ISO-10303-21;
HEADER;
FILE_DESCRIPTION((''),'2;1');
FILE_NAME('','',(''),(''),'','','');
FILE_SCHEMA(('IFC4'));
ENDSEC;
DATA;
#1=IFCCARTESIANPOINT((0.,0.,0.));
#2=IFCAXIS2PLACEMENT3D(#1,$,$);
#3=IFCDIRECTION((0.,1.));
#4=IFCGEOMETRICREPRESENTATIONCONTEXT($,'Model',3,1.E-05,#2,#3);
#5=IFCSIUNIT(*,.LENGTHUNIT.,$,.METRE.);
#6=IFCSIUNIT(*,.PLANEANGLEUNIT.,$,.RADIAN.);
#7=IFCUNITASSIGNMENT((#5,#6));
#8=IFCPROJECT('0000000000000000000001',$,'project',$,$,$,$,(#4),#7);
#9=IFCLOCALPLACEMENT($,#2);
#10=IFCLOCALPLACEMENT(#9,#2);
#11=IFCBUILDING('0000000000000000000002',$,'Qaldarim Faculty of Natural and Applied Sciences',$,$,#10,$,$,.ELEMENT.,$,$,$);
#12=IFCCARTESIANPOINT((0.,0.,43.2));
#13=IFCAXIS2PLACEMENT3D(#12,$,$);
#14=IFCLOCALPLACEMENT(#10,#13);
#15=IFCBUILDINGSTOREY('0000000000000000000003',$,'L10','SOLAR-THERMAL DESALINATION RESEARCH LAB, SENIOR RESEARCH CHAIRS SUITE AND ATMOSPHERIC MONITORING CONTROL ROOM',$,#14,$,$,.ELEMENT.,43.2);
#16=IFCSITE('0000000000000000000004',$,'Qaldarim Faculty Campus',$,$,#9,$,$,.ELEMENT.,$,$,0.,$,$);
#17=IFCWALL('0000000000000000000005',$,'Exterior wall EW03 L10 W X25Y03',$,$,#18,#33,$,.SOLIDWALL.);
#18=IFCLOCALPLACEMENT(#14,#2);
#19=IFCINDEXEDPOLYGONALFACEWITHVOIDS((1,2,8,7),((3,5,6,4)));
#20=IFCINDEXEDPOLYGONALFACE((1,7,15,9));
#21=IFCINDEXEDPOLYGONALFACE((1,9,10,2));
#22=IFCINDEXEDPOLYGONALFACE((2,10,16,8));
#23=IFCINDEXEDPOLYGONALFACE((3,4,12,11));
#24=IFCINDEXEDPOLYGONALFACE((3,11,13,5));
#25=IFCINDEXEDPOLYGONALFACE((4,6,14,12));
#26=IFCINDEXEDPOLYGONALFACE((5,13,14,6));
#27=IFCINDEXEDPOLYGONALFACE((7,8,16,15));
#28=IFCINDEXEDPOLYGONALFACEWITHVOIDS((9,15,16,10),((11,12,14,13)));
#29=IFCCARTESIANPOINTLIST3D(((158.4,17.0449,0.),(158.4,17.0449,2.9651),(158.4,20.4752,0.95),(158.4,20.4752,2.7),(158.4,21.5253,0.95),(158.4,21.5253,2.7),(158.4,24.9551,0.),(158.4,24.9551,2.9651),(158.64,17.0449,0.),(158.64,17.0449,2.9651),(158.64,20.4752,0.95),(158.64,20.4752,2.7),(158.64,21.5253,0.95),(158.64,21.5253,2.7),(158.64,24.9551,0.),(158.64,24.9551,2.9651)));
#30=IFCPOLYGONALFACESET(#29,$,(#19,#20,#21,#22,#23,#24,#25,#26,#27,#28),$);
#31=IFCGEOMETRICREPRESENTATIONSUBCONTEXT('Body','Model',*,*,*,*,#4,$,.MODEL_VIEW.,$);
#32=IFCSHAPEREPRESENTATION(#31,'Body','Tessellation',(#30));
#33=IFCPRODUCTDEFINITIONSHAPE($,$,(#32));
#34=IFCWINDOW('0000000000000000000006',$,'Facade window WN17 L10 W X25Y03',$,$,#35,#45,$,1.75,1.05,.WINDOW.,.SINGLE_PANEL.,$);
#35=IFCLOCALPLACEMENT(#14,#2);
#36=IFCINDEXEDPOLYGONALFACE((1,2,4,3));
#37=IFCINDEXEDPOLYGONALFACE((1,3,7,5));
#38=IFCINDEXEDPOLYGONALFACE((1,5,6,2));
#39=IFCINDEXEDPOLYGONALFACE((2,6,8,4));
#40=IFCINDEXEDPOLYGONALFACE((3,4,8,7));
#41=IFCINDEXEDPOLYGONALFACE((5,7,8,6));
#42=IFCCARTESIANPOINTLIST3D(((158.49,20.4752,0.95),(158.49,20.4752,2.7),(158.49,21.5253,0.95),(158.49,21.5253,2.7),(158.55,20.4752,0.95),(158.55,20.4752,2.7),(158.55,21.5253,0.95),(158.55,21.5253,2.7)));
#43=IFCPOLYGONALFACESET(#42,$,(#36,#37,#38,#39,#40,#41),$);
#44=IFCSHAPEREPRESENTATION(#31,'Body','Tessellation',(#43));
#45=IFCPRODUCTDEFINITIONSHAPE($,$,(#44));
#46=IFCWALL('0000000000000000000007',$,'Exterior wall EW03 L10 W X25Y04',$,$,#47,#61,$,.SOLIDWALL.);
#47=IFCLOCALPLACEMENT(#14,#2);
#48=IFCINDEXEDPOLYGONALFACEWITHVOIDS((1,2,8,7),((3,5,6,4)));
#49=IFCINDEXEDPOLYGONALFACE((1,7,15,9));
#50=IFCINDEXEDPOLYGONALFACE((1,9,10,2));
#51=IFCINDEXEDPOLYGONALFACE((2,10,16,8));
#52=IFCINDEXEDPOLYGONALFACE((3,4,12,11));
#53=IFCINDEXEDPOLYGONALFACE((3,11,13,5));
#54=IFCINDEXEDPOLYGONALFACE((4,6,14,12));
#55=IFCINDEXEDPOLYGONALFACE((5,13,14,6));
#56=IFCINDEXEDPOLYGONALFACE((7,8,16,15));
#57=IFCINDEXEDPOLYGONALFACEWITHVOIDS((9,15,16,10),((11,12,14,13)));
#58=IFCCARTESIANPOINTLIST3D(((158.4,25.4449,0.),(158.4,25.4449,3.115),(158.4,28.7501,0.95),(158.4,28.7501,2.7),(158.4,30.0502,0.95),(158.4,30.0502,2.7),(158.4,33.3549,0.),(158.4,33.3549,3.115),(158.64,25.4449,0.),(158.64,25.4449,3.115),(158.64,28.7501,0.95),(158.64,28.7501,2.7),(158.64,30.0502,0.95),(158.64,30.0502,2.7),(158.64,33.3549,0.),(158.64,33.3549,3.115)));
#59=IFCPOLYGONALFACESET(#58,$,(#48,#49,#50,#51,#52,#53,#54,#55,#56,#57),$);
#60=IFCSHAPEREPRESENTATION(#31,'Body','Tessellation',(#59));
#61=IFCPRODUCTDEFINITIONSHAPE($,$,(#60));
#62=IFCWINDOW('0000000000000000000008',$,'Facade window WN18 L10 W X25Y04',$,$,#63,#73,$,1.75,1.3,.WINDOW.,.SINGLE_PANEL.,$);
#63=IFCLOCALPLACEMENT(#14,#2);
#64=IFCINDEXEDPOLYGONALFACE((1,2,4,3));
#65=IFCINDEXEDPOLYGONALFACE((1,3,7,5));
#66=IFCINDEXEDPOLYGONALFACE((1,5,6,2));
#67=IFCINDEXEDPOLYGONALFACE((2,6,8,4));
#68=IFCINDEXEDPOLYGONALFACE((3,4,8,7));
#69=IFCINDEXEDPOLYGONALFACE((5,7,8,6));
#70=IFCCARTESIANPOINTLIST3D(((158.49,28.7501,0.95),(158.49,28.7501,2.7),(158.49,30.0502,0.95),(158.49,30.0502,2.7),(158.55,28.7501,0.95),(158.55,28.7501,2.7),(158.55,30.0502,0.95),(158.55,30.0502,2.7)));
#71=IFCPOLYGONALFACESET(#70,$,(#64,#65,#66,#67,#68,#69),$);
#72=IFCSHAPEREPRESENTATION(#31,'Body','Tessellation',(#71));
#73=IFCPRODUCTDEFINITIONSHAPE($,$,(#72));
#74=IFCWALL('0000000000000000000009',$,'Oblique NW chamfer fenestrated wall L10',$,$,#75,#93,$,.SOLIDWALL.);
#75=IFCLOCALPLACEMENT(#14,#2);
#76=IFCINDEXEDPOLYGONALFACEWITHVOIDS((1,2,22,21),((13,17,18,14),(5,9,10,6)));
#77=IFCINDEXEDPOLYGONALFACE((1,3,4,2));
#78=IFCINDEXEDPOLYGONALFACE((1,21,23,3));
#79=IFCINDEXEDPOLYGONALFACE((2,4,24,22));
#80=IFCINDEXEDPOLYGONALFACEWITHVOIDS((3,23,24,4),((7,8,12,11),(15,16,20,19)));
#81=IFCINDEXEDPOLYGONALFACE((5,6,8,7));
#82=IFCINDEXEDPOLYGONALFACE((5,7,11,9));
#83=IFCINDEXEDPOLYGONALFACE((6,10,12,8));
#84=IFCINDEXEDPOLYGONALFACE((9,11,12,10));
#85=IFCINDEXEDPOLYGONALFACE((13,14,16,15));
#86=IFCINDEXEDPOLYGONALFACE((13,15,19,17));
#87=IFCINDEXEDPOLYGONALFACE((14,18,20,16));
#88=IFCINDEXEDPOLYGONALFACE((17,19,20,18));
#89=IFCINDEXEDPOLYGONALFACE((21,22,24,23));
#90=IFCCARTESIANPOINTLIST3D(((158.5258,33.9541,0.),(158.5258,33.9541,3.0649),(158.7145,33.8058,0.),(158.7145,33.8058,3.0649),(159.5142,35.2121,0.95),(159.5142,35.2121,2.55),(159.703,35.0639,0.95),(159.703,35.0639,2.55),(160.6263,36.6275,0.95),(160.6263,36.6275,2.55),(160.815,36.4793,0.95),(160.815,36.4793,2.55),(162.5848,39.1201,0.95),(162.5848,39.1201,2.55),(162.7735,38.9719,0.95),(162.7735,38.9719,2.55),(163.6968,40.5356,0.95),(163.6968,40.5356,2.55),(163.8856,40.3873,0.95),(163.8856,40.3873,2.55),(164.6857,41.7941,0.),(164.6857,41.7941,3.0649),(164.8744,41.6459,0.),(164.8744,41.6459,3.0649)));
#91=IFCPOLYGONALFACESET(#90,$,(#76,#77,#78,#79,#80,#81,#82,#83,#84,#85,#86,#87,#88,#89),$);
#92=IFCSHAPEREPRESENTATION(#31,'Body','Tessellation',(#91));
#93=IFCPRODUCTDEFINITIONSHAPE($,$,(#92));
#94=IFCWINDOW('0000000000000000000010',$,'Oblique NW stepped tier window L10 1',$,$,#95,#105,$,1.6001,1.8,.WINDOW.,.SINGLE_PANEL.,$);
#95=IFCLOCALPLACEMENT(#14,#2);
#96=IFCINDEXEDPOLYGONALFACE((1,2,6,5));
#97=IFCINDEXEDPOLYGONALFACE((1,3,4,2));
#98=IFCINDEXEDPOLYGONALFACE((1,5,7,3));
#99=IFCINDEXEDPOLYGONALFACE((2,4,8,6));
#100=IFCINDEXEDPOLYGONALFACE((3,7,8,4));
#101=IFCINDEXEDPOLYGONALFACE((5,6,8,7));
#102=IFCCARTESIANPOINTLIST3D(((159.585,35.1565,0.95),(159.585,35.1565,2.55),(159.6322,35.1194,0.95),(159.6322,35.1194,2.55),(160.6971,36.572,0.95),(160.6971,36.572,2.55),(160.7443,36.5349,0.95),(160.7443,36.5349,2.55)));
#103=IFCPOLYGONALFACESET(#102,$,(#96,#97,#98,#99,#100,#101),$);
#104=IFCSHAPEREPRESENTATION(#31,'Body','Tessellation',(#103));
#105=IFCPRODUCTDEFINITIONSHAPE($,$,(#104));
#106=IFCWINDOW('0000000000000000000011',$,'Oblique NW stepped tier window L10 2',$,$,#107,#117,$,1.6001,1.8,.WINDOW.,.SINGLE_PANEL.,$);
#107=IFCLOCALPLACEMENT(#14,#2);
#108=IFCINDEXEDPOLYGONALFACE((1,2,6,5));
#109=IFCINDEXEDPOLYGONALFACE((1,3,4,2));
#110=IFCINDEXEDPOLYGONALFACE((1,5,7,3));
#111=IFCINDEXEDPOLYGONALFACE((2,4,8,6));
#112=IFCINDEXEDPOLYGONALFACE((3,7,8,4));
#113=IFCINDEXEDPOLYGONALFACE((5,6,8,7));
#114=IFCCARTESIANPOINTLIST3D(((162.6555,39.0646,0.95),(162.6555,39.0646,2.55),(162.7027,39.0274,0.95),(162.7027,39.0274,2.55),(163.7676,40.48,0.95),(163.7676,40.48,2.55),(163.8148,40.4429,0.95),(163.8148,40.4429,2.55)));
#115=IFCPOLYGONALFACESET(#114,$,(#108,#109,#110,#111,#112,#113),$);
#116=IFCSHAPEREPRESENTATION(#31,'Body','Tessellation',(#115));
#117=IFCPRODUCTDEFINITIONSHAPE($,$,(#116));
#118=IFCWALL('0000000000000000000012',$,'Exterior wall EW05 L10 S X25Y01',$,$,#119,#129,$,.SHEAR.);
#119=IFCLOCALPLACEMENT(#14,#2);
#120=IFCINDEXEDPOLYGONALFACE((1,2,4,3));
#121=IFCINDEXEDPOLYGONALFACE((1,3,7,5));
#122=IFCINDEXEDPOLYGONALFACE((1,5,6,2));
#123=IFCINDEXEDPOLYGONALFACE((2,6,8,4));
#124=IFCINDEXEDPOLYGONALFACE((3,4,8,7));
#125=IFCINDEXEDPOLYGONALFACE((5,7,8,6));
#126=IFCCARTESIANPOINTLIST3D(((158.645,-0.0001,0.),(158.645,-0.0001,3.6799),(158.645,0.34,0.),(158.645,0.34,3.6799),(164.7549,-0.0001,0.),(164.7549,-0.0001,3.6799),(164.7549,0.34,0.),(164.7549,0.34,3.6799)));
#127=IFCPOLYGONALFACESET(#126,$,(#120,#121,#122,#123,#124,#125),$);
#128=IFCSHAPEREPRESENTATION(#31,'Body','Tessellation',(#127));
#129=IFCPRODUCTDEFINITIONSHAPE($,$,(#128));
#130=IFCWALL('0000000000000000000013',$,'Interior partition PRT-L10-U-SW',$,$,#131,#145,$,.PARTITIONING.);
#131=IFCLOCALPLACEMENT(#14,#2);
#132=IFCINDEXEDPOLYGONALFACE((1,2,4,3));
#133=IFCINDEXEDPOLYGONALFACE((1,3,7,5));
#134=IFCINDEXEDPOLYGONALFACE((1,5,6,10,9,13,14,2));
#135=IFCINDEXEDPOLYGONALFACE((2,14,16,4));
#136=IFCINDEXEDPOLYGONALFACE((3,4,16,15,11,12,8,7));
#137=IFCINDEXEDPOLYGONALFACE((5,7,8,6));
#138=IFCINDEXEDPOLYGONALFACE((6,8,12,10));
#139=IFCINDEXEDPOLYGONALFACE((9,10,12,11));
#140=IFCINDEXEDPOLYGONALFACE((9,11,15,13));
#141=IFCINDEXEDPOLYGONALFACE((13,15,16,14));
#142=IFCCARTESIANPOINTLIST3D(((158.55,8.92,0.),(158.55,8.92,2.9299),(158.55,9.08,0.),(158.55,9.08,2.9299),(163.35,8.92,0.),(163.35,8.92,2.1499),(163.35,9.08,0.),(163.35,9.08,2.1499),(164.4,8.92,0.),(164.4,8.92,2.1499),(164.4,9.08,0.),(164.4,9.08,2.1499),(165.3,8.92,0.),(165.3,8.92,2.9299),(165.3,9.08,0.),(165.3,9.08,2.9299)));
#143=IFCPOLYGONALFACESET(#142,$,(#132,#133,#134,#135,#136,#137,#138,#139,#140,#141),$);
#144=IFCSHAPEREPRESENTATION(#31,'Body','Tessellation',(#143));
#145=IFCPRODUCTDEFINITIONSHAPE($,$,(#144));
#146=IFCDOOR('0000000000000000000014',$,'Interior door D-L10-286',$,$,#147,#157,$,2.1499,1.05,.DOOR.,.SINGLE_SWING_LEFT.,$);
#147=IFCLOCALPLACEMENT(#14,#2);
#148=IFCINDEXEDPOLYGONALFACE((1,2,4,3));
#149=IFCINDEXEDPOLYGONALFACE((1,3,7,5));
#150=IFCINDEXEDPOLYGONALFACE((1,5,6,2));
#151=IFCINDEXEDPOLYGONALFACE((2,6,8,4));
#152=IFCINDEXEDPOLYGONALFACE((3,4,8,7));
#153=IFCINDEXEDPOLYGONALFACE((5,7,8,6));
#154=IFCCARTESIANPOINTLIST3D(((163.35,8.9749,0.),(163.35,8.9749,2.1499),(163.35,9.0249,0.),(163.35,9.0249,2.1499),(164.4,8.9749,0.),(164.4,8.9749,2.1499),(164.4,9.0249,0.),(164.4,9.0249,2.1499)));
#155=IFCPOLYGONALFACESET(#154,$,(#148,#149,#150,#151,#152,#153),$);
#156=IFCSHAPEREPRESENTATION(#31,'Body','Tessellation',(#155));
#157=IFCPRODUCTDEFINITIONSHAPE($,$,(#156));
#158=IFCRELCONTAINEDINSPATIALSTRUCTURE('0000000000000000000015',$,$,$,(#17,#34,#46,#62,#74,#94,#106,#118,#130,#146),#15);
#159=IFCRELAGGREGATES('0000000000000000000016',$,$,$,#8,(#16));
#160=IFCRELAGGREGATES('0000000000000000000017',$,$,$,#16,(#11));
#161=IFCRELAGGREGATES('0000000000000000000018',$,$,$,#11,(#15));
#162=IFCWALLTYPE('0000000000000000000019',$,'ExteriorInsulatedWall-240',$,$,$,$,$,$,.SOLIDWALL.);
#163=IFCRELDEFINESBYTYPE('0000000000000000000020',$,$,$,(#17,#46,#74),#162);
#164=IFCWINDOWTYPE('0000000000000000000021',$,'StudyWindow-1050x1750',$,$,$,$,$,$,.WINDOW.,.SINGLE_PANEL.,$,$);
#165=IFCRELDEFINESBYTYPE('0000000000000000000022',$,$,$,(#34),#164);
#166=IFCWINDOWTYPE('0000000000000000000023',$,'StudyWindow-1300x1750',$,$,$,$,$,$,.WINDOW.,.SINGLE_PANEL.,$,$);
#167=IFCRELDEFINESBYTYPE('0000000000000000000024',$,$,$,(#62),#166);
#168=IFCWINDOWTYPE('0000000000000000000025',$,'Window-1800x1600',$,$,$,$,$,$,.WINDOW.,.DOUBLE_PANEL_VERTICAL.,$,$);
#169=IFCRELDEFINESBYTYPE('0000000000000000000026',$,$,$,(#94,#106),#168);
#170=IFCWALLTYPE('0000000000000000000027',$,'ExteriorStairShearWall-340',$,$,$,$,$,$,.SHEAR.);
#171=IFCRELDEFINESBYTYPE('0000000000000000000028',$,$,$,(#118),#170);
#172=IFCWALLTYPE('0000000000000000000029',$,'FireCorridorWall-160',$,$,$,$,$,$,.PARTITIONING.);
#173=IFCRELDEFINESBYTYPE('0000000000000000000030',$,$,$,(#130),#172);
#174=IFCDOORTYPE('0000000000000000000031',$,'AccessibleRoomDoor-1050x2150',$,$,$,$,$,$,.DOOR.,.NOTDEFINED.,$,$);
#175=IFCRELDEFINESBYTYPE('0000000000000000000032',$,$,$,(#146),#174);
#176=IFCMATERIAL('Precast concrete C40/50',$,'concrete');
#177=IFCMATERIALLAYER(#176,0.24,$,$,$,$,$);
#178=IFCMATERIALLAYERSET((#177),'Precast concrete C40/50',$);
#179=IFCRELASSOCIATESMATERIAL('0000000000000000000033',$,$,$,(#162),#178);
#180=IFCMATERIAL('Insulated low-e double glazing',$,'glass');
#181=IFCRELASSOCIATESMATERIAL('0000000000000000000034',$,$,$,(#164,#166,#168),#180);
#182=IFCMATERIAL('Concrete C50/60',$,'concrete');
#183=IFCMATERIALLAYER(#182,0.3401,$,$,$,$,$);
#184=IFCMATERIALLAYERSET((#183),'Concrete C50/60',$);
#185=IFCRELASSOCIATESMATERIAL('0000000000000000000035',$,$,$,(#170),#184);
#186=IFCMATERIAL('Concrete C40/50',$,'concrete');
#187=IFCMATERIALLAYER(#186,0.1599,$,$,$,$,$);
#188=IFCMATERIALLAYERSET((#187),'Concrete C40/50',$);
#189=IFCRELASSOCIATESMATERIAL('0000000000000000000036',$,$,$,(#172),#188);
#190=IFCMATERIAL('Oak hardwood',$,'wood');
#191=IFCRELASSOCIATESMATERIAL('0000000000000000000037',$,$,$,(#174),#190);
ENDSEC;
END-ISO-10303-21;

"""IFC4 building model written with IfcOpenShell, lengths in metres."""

from ifc_helpers import new_model, si_unit, direction, frame, frame_2d, origin, place, context, subcontext, project, spatial, rectangle, extrude, material, layer, layer_set, type_object, element, fill, save


model = new_model("IFC4")

# Units and contexts
model_context = context("Model", 3, precision=1e-05, world=origin(), true_north=direction((0.0, 1.0)))
body_context = subcontext(model_context, "Body", "Model", "MODEL_VIEW")
ifc_project = project(units=[si_unit("LENGTHUNIT", "METRE"), si_unit("PLANEANGLEUNIT", "RADIAN")], contexts=[model_context])

# Site, building, storey
site_placement = place(None, origin())
site = spatial("IfcSite", under=ifc_project, at=site_placement, Name="Qaldarim Faculty Campus", CompositionType="ELEMENT", RefElevation=0.0)
building_placement = place(site_placement, origin())
building = spatial("IfcBuilding", under=site, at=building_placement, Name="Qaldarim Faculty of Natural and Applied Sciences", CompositionType="ELEMENT")
storey_placement = place(building_placement, frame((0.0, 0.0, 43.2)))
storey = spatial("IfcBuildingStorey", under=building, at=storey_placement, Name="L10", Description="SOLAR-THERMAL DESALINATION RESEARCH LAB, SENIOR RESEARCH CHAIRS SUITE AND ATMOSPHERIC MONITORING CONTROL ROOM", CompositionType="ELEMENT", Elevation=43.2)

# Shared definitions
ifc_material_1 = material(Name="Concrete C40/50", Category="concrete")
ifc_material_2 = material(Name="Precast concrete C40/50", Category="concrete")

# Shared definitions
ifc_layer_1 = layer(ifc_material_2, 0.24)
ifc_layer_set_1 = layer_set([ifc_layer_1], Name="Precast concrete C40/50")
wall_type_1 = type_object("IfcWallType", Name="ExteriorInsulatedWall-240", PredefinedType="SOLIDWALL", material=ifc_layer_set_1)

# Walls, openings, windows
wall_1_placement = place(storey_placement, frame((158.52, 24.9551, 0.0), z_axis=(0.0, 0.0, 1.0), x_axis=(0.0, -1.0, 0.0)))
wall_1 = element("IfcWall", 1, at=wall_1_placement, inside=storey, type_object=wall_type_1, Name="Exterior wall EW03 L10 W X25Y03", PredefinedType="SOLIDWALL", context=body_context, shape_type="SweptSolid", body=[
    extrude(rectangle(XDim=7.9102, YDim=0.24, at=frame_2d((3.9551, 0.0))), origin(), (0.0, 0.0, 1.0), 2.9651),
])
opening_1_placement = place(wall_1_placement, frame((3.4299, 0.0, 0.95)))
opening_1 = element("IfcOpeningElement", 2, at=opening_1_placement, cuts=wall_1, PredefinedType="OPENING", context=body_context, shape_type="SweptSolid", body=[
    extrude(rectangle(XDim=1.05, YDim=1.75, at=frame_2d((0.5249, 0.875))), frame((0.0, 0.1299, 0.0), z_axis=(0.0, -1.0, 0.0), x_axis=(1.0, 0.0, 0.0)), (0.0, 0.0, 1.0), 0.26),
])
ifc_material_3 = material(Name="Insulated low-e double glazing", Category="glass")
window_type_1 = type_object("IfcWindowType", Name="StudyWindow-1050x1750", PartitioningType="SINGLE_PANEL", PredefinedType="WINDOW", material=ifc_material_3)
window_1_placement = place(opening_1_placement, origin())
window_1 = element("IfcWindow", 3, at=window_1_placement, inside=storey, type_object=window_type_1, Name="Facade window WN17 L10 W X25Y03", OverallHeight=1.75, OverallWidth=1.05, PartitioningType="SINGLE_PANEL", PredefinedType="WINDOW", context=body_context, shape_type="SweptSolid", body=[
    extrude(rectangle(XDim=1.05, YDim=1.75, at=frame_2d((0.5249, 0.875))), frame((0.0, 0.03, 0.0), z_axis=(0.0, -1.0, 0.0), x_axis=(1.0, 0.0, 0.0)), (0.0, 0.0, 1.0), 0.0601),
])
fill(opening_1, window_1)
wall_2_placement = place(storey_placement, frame((158.52, 33.355, 0.0), z_axis=(0.0, 0.0, 1.0), x_axis=(0.0, -1.0, 0.0)))
wall_2 = element("IfcWall", 4, at=wall_2_placement, inside=storey, type_object=wall_type_1, Name="Exterior wall EW03 L10 W X25Y04", PredefinedType="SOLIDWALL", context=body_context, shape_type="SweptSolid", body=[
    extrude(rectangle(XDim=7.9099, YDim=0.24, at=frame_2d((3.9551, 0.0))), origin(), (0.0, 0.0, 1.0), 3.115),
])
opening_2_placement = place(wall_2_placement, frame((3.3049, 0.0, 0.95)))
opening_2 = element("IfcOpeningElement", 5, at=opening_2_placement, cuts=wall_2, PredefinedType="OPENING", context=body_context, shape_type="SweptSolid", body=[
    extrude(rectangle(XDim=1.3, YDim=1.75, at=frame_2d((0.6499, 0.875))), frame((0.0, 0.1299, 0.0), z_axis=(0.0, -1.0, 0.0), x_axis=(1.0, 0.0, 0.0)), (0.0, 0.0, 1.0), 0.26),
])
window_type_2 = type_object("IfcWindowType", Name="StudyWindow-1300x1750", PartitioningType="SINGLE_PANEL", PredefinedType="WINDOW", material=ifc_material_3)
window_2_placement = place(opening_2_placement, origin())
window_2 = element("IfcWindow", 6, at=window_2_placement, inside=storey, type_object=window_type_2, Name="Facade window WN18 L10 W X25Y04", OverallHeight=1.75, OverallWidth=1.3, PartitioningType="SINGLE_PANEL", PredefinedType="WINDOW", context=body_context, shape_type="SweptSolid", body=[
    extrude(rectangle(XDim=1.3, YDim=1.75, at=frame_2d((0.6499, 0.875))), frame((0.0, 0.03, 0.0), z_axis=(0.0, -1.0, 0.0), x_axis=(1.0, 0.0, 0.0)), (0.0, 0.0, 1.0), 0.0601),
])
fill(opening_2, window_2)

# Wall, openings, windows
wall_3_placement = place(storey_placement, frame((158.6201, 33.8799, 0.0), z_axis=(0.0, 0.0, 1.0), x_axis=(0.617812, 0.786326, 0.0)))
wall_3 = element("IfcWall", 7, at=wall_3_placement, inside=storey, type_object=wall_type_1, Name="Oblique NW chamfer fenestrated wall L10", PredefinedType="SOLIDWALL", context=body_context, shape_type="SweptSolid", body=[
    extrude(rectangle(XDim=9.9705, YDim=0.24, at=frame_2d((4.9854, 0.0))), origin(), (0.0, 0.0, 1.0), 3.0649),
])
opening_3_placement = place(wall_3_placement, frame((1.6001, 0.0, 0.95)))
opening_3 = element("IfcOpeningElement", 8, at=opening_3_placement, cuts=wall_3, PredefinedType="OPENING", context=body_context, shape_type="SweptSolid", body=[
    extrude(rectangle(XDim=1.8, YDim=1.6001, at=frame_2d((0.8999, 0.8))), frame((0.0, 0.1299, 0.0), z_axis=(0.0, -1.0, 0.0), x_axis=(1.0, 0.0, 0.0)), (0.0, 0.0, 1.0), 0.26),
])
opening_4_placement = place(wall_3_placement, frame((6.5701, 0.0, 0.95)))
opening_4 = element("IfcOpeningElement", 9, at=opening_4_placement, cuts=wall_3, PredefinedType="OPENING", context=body_context, shape_type="SweptSolid", body=[
    extrude(rectangle(XDim=1.8, YDim=1.6001, at=frame_2d((0.8999, 0.8))), frame((0.0, 0.1299, 0.0), z_axis=(0.0, -1.0, 0.0), x_axis=(1.0, 0.0, 0.0)), (0.0, 0.0, 1.0), 0.26),
])
window_type_3 = type_object("IfcWindowType", Name="Window-1800x1600", PartitioningType="DOUBLE_PANEL_VERTICAL", PredefinedType="WINDOW", material=ifc_material_3)
window_3_placement = place(opening_3_placement, origin())
window_3 = element("IfcWindow", 10, at=window_3_placement, inside=storey, type_object=window_type_3, Name="Oblique NW stepped tier window L10 1", OverallHeight=1.6001, OverallWidth=1.8, PartitioningType="SINGLE_PANEL", PredefinedType="WINDOW", context=body_context, shape_type="SweptSolid", body=[
    extrude(rectangle(XDim=1.8, YDim=1.6001, at=frame_2d((0.8999, 0.8))), frame((0.0, 0.03, 0.0), z_axis=(0.0, -1.0, 0.0), x_axis=(1.0, 0.0, 0.0)), (0.0, 0.0, 1.0), 0.0601),
])
fill(opening_3, window_3)
window_4_placement = place(opening_4_placement, origin())
window_4 = element("IfcWindow", 11, at=window_4_placement, inside=storey, type_object=window_type_3, Name="Oblique NW stepped tier window L10 2", OverallHeight=1.6001, OverallWidth=1.8, PartitioningType="SINGLE_PANEL", PredefinedType="WINDOW", context=body_context, shape_type="SweptSolid", body=[
    extrude(rectangle(XDim=1.8, YDim=1.6001, at=frame_2d((0.8999, 0.8))), frame((0.0, 0.03, 0.0), z_axis=(0.0, -1.0, 0.0), x_axis=(1.0, 0.0, 0.0)), (0.0, 0.0, 1.0), 0.0601),
])
fill(opening_4, window_4)

# Wall
ifc_material_4 = material(Name="Concrete C50/60", Category="concrete")
ifc_layer_2 = layer(ifc_material_4, 0.3401)
ifc_layer_set_2 = layer_set([ifc_layer_2], Name="Concrete C50/60")
wall_type_2 = type_object("IfcWallType", Name="ExteriorStairShearWall-340", PredefinedType="SHEAR", material=ifc_layer_set_2)
wall_4_placement = place(storey_placement, frame((158.645, 0.1699, 0.0), z_axis=(0.0, 0.0, 1.0), x_axis=(1.0, 0.0, 0.0)))
element("IfcWall", 12, at=wall_4_placement, inside=storey, type_object=wall_type_2, Name="Exterior wall EW05 L10 S X25Y01", PredefinedType="SHEAR", context=body_context, shape_type="SweptSolid", body=[
    extrude(rectangle(XDim=6.1099, YDim=0.3401, at=frame_2d((3.0549, 0.0))), origin(), (0.0, 0.0, 1.0), 3.6799),
])

# Wall, opening, door
ifc_layer_3 = layer(ifc_material_1, 0.1599)
ifc_layer_set_3 = layer_set([ifc_layer_3], Name="Concrete C40/50")
wall_type_3 = type_object("IfcWallType", Name="FireCorridorWall-160", PredefinedType="PARTITIONING", material=ifc_layer_set_3)
wall_5_placement = place(storey_placement, frame((158.55, 9.0, 0.0), z_axis=(0.0, 0.0, 1.0), x_axis=(1.0, 0.0, 0.0)))
wall_5 = element("IfcWall", 13, at=wall_5_placement, inside=storey, type_object=wall_type_3, Name="Interior partition PRT-L10-U-SW", PredefinedType="PARTITIONING", context=body_context, shape_type="SweptSolid", body=[
    extrude(rectangle(XDim=6.75, YDim=0.1599, at=frame_2d((3.375, 0.0))), origin(), (0.0, 0.0, 1.0), 2.9299),
])
opening_5_placement = place(wall_5_placement, frame((4.8, 0.0, 0.0)))
opening_5 = element("IfcOpeningElement", 14, at=opening_5_placement, cuts=wall_5, PredefinedType="OPENING", context=body_context, shape_type="SweptSolid", body=[
    extrude(rectangle(XDim=1.05, YDim=2.1499, at=frame_2d((0.5249, 1.075))), frame((0.0, 0.0898, 0.0), z_axis=(0.0, -1.0, 0.0), x_axis=(1.0, 0.0, 0.0)), (0.0, 0.0, 1.0), 0.1799),
])
ifc_material_5 = material(Name="Oak hardwood", Category="wood")
door_type_1 = type_object("IfcDoorType", Name="AccessibleRoomDoor-1050x2150", OperationType="NOTDEFINED", PredefinedType="DOOR", material=ifc_material_5)
door_1_placement = place(opening_5_placement, origin())
door_1 = element("IfcDoor", 15, at=door_1_placement, inside=storey, type_object=door_type_1, Name="Interior door D-L10-286", OperationType="SINGLE_SWING_LEFT", OverallHeight=2.1499, OverallWidth=1.05, PredefinedType="DOOR", context=body_context, shape_type="SweptSolid", body=[
    extrude(rectangle(XDim=1.05, YDim=2.1499, at=frame_2d((0.5249, 1.075))), frame((0.0, 0.0249, 0.0), z_axis=(0.0, -1.0, 0.0), x_axis=(1.0, 0.0, 0.0)), (0.0, 0.0, 1.0), 0.05),
])
fill(opening_5, door_1)

save(model, "model.ifc")
